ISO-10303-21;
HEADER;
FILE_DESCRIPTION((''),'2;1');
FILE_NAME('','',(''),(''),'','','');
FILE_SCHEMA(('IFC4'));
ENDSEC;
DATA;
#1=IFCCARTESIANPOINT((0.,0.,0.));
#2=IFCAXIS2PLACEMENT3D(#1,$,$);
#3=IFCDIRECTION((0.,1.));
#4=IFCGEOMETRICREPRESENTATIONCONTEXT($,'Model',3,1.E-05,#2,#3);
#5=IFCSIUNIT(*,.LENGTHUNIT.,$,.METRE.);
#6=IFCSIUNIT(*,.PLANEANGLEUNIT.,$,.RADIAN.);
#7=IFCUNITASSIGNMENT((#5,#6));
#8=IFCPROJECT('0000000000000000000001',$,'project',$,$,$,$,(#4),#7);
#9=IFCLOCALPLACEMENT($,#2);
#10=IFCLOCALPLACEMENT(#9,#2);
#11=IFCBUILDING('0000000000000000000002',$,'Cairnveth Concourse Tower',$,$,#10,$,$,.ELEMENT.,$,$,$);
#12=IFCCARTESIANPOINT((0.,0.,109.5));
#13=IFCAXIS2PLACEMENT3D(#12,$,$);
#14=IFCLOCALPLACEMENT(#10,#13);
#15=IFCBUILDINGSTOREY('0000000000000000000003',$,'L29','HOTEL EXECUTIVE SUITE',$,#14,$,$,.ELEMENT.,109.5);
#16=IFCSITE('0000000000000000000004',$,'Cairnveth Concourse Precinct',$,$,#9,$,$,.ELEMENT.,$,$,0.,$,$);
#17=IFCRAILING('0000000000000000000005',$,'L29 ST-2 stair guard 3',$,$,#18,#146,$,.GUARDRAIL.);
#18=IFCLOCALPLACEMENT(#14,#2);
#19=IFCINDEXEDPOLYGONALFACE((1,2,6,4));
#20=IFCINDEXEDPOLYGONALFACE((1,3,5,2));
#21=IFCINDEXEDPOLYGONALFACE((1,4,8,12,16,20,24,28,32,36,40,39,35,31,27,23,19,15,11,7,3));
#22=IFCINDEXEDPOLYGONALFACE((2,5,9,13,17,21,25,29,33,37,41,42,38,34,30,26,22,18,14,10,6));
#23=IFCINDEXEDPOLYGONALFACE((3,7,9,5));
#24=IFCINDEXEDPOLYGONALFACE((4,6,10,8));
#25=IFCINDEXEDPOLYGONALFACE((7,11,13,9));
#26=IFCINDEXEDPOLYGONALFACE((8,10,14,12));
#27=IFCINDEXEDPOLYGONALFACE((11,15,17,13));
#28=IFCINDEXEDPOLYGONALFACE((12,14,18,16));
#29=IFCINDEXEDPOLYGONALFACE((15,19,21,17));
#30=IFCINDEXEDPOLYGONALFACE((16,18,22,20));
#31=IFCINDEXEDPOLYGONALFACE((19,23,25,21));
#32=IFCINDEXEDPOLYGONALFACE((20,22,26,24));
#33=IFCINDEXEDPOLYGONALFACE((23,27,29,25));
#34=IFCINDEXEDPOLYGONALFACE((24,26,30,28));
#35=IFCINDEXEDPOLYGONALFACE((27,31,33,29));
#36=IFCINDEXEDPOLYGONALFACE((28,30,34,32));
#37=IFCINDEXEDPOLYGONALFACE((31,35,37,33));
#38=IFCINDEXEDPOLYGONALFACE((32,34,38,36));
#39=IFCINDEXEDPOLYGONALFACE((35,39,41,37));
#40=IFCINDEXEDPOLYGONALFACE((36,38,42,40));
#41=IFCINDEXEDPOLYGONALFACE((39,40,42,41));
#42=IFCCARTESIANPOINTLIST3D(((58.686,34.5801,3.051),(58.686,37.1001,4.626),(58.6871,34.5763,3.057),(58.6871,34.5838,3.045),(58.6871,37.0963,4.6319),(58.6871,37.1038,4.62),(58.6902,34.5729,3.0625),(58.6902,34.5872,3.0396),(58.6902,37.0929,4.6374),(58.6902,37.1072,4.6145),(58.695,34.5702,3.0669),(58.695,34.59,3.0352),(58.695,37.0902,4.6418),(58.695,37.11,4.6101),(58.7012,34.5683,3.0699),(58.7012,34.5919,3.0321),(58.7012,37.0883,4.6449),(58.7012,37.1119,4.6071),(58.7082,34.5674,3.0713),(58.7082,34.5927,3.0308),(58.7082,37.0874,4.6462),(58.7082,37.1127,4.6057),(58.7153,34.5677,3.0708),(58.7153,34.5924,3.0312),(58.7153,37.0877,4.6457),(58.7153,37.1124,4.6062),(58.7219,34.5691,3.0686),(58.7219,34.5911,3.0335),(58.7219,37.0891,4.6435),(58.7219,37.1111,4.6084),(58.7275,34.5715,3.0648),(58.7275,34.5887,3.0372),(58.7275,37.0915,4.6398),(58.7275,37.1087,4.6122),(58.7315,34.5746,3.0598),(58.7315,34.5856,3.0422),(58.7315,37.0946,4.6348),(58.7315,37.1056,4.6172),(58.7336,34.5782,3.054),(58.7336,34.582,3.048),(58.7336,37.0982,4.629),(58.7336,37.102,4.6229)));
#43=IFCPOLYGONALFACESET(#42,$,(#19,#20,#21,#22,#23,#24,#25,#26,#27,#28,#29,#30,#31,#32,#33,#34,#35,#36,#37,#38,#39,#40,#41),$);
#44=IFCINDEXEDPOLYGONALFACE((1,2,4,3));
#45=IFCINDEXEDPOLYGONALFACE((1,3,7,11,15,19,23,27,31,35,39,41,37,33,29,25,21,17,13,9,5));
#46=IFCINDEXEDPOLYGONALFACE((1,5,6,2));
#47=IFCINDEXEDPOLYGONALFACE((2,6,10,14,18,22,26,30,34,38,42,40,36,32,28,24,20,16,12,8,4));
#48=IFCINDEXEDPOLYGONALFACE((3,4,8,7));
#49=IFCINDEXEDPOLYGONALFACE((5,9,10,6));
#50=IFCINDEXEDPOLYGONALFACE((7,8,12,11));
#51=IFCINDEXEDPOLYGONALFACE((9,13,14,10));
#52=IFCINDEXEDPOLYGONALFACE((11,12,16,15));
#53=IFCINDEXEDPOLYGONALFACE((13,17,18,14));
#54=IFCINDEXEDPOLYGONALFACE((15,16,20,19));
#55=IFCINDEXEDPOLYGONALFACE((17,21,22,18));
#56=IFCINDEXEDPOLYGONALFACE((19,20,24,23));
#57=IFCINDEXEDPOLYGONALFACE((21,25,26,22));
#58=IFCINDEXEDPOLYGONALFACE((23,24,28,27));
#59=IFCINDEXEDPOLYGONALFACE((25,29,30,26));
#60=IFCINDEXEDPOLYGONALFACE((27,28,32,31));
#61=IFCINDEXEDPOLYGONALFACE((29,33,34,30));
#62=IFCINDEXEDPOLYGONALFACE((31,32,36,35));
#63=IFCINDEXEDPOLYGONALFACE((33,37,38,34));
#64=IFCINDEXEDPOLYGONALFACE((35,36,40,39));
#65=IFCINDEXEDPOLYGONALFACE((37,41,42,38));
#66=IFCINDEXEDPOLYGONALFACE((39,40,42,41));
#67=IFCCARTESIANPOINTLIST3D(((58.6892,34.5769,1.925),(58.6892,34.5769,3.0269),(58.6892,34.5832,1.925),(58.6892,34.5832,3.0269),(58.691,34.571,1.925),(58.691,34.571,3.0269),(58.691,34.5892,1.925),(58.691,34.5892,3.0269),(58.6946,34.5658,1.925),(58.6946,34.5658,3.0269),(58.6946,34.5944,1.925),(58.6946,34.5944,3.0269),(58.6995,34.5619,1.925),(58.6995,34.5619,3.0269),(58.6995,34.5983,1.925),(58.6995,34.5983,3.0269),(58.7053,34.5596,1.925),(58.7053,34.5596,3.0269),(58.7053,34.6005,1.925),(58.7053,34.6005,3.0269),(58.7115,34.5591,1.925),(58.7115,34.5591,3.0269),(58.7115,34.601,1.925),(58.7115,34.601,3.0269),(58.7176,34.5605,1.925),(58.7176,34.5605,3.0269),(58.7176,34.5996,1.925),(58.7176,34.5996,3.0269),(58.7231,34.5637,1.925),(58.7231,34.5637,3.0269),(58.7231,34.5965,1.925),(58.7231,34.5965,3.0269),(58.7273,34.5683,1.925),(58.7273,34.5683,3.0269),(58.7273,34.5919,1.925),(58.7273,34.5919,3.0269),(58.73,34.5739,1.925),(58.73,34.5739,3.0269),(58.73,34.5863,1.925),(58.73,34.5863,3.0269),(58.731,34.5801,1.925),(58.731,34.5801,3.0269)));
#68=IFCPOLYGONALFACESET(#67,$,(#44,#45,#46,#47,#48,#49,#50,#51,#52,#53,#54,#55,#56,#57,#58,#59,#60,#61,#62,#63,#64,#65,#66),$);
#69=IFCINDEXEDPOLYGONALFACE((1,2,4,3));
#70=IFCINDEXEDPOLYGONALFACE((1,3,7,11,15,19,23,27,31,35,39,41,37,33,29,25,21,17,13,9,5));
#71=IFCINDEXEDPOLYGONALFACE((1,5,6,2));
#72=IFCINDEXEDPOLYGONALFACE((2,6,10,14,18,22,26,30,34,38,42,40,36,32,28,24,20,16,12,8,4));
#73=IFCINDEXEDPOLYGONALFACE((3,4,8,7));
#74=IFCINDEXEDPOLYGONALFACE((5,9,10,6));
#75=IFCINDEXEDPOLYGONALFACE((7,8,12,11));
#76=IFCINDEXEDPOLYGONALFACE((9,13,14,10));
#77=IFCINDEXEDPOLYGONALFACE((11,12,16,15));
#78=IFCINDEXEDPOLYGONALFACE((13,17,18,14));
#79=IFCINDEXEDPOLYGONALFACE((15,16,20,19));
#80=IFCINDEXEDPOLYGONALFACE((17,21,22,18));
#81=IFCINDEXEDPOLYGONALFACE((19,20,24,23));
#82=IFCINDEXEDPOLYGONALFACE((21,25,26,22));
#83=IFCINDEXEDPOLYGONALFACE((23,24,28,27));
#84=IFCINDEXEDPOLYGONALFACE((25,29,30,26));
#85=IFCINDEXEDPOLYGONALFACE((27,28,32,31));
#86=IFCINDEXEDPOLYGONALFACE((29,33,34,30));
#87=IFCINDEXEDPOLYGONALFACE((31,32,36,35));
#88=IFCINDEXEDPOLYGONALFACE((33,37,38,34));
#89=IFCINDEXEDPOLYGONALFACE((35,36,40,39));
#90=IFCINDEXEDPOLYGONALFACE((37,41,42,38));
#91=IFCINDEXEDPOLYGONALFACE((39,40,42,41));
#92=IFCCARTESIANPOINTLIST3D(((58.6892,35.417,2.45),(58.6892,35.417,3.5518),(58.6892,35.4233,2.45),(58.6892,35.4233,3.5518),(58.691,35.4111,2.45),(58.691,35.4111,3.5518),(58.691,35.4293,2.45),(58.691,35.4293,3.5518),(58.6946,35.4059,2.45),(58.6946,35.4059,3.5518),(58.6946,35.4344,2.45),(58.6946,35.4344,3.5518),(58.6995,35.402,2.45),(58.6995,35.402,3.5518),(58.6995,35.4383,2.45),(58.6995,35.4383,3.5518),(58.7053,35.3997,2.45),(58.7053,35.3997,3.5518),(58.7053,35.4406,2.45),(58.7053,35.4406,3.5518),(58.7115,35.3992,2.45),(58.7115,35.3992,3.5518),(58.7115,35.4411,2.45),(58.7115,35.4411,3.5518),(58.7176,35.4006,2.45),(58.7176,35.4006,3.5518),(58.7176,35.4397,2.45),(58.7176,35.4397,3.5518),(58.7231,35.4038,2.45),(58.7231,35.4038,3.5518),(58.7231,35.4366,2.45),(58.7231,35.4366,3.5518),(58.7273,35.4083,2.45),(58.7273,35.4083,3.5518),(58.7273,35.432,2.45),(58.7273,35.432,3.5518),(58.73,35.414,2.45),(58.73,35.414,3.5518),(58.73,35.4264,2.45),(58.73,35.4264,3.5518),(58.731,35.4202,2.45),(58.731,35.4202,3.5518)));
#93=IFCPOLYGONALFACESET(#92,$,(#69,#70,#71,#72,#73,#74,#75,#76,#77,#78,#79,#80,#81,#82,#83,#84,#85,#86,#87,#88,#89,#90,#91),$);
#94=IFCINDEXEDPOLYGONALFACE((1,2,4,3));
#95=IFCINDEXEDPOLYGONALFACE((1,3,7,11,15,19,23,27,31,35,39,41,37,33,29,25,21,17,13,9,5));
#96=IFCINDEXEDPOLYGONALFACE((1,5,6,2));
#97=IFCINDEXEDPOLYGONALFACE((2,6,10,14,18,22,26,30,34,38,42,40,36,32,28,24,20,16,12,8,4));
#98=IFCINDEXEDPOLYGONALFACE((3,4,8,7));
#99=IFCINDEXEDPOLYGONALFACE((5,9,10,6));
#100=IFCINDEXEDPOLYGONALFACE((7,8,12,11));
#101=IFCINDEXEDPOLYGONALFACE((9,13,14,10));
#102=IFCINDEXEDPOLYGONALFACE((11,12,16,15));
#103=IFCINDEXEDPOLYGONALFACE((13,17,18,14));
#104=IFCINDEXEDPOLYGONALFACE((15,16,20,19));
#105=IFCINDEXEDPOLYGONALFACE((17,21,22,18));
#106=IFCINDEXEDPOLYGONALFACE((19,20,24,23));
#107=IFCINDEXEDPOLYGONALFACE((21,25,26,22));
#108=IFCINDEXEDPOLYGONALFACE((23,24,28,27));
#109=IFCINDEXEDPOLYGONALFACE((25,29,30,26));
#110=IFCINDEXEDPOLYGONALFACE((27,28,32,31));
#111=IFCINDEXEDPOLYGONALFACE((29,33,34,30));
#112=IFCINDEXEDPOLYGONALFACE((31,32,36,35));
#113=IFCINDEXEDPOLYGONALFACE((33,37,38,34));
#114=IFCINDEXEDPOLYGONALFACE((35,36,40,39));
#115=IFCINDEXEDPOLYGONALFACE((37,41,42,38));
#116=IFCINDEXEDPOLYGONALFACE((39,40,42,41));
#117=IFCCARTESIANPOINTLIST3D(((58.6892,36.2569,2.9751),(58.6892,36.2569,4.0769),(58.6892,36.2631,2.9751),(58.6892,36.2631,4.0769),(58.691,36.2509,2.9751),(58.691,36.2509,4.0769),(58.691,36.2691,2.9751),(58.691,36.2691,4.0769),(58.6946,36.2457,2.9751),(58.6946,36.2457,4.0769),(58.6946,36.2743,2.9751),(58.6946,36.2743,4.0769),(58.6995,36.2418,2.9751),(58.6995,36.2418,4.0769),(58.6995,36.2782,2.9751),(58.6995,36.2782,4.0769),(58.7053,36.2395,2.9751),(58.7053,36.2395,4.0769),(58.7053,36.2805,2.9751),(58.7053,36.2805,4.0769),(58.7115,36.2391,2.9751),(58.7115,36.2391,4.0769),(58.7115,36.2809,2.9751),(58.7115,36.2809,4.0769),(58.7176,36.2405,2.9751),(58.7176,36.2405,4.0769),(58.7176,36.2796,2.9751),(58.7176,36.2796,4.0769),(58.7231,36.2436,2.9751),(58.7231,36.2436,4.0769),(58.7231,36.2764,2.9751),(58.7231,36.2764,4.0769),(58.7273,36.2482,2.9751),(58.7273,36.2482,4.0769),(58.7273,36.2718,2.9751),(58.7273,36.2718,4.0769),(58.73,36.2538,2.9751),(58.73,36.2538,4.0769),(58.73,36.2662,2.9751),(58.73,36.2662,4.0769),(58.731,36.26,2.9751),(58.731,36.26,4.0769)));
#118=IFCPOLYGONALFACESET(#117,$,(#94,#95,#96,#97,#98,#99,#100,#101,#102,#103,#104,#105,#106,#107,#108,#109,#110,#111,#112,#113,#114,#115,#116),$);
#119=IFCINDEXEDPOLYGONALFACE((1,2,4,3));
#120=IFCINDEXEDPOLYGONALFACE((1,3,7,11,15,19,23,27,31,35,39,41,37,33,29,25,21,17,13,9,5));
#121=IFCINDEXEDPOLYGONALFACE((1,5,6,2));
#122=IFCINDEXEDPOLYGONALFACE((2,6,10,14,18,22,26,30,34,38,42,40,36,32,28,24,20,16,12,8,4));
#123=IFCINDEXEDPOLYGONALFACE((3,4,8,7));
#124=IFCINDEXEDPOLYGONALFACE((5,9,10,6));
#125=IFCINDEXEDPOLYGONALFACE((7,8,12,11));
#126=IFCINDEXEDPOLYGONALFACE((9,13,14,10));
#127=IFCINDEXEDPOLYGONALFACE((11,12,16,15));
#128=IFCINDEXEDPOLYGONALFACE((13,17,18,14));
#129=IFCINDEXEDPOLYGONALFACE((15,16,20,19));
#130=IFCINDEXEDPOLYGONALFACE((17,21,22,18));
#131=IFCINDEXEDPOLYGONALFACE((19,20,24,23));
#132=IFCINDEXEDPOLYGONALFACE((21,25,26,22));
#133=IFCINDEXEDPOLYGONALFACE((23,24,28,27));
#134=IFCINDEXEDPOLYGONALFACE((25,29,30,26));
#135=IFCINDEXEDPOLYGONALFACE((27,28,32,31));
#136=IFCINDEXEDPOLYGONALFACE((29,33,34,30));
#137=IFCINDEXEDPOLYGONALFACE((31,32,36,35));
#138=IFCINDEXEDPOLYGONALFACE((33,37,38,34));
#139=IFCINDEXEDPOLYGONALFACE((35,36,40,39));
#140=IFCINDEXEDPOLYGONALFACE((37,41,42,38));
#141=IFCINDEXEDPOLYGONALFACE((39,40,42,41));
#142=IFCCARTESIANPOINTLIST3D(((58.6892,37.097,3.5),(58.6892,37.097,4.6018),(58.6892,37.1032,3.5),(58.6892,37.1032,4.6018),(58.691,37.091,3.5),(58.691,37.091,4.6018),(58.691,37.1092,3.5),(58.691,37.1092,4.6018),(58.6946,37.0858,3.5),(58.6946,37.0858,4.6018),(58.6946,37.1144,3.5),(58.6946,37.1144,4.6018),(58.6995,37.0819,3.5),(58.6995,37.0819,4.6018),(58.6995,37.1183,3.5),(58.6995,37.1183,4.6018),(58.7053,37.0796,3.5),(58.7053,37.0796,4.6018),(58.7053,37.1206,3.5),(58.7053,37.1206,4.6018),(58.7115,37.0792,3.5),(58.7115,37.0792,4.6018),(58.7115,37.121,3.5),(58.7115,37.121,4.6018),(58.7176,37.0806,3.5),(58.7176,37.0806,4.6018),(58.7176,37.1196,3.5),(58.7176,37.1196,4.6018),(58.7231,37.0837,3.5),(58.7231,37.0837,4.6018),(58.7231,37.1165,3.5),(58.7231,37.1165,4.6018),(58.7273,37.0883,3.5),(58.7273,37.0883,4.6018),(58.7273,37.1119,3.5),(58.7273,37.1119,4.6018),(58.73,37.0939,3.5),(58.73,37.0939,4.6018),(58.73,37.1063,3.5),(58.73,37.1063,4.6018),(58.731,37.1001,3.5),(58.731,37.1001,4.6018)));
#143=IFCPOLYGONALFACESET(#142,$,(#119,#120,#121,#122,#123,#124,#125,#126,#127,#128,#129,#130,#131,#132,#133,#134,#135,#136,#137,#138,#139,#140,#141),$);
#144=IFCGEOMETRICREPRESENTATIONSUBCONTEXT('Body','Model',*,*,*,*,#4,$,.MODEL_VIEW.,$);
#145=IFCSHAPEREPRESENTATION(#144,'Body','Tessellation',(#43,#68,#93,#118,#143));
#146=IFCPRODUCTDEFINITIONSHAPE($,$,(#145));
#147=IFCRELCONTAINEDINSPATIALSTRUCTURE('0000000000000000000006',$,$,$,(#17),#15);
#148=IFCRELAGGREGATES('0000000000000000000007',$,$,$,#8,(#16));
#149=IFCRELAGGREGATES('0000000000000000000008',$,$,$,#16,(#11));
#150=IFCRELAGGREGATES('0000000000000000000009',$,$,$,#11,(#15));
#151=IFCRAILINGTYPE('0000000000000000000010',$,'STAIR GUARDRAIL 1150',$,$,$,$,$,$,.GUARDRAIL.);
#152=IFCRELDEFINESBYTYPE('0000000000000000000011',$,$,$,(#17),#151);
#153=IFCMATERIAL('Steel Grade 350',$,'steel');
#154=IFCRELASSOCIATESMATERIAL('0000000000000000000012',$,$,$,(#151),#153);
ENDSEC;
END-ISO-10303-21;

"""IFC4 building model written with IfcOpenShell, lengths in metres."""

from ifc_helpers import new_model, si_unit, direction, frame, origin, origin_2d, place, context, subcontext, project, spatial, circle, extrude, material, type_object, element, save


model = new_model("IFC4")

# Units and contexts
model_context = context("Model", 3, precision=1e-05, world=origin(), true_north=direction((0.0, 1.0)))
body_context = subcontext(model_context, "Body", "Model", "MODEL_VIEW")
ifc_project = project(units=[si_unit("LENGTHUNIT", "METRE"), si_unit("PLANEANGLEUNIT", "RADIAN")], contexts=[model_context])

# Site, building, storey
site_placement = place(None, origin())
site = spatial("IfcSite", under=ifc_project, at=site_placement, Name="Cairnveth Concourse Precinct", CompositionType="ELEMENT", RefElevation=0.0)
building_placement = place(site_placement, origin())
building = spatial("IfcBuilding", under=site, at=building_placement, Name="Cairnveth Concourse Tower", CompositionType="ELEMENT")
storey_placement = place(building_placement, frame((0.0, 0.0, 109.5)))
storey = spatial("IfcBuildingStorey", under=building, at=storey_placement, Name="L29", Description="HOTEL EXECUTIVE SUITE", CompositionType="ELEMENT", Elevation=109.5)

# Shared definitions
ifc_material_1 = material(Name="Steel Grade 350", Category="steel")

# Railing
railing_type_1 = type_object("IfcRailingType", Name="STAIR GUARDRAIL 1150", PredefinedType="GUARDRAIL", material=ifc_material_1)
railing_1_placement = place(storey_placement, frame((58.71, 34.5801, 1.925)))
element("IfcRailing", 1, at=railing_1_placement, inside=storey, type_object=railing_type_1, Name="L29 ST-2 stair guard 3", PredefinedType="GUARDRAIL", context=body_context, shape_type="SweptSolid", body=[
    extrude(circle(Radius=0.0239, at=origin_2d()), frame((0.0, 0.0, 1.126), z_axis=(0.0, 0.848008, 0.529984), x_axis=(-1.0, 0.0, 0.0)), (0.0, 0.0, 1.0), 2.9717),
    extrude(circle(Radius=0.021, at=origin_2d()), origin(), (0.0, 0.0, 1.0), 1.1018),
    extrude(circle(Radius=0.021, at=origin_2d()), frame((0.0, 0.8401, 0.5249)), (0.0, 0.0, 1.0), 1.1018),
    extrude(circle(Radius=0.021, at=origin_2d()), frame((0.0, 1.6799, 1.05)), (0.0, 0.0, 1.0), 1.1018),
    extrude(circle(Radius=0.021, at=origin_2d()), frame((0.0, 2.52, 1.575)), (0.0, 0.0, 1.0), 1.1018),
])

save(model, "model.ifc")
